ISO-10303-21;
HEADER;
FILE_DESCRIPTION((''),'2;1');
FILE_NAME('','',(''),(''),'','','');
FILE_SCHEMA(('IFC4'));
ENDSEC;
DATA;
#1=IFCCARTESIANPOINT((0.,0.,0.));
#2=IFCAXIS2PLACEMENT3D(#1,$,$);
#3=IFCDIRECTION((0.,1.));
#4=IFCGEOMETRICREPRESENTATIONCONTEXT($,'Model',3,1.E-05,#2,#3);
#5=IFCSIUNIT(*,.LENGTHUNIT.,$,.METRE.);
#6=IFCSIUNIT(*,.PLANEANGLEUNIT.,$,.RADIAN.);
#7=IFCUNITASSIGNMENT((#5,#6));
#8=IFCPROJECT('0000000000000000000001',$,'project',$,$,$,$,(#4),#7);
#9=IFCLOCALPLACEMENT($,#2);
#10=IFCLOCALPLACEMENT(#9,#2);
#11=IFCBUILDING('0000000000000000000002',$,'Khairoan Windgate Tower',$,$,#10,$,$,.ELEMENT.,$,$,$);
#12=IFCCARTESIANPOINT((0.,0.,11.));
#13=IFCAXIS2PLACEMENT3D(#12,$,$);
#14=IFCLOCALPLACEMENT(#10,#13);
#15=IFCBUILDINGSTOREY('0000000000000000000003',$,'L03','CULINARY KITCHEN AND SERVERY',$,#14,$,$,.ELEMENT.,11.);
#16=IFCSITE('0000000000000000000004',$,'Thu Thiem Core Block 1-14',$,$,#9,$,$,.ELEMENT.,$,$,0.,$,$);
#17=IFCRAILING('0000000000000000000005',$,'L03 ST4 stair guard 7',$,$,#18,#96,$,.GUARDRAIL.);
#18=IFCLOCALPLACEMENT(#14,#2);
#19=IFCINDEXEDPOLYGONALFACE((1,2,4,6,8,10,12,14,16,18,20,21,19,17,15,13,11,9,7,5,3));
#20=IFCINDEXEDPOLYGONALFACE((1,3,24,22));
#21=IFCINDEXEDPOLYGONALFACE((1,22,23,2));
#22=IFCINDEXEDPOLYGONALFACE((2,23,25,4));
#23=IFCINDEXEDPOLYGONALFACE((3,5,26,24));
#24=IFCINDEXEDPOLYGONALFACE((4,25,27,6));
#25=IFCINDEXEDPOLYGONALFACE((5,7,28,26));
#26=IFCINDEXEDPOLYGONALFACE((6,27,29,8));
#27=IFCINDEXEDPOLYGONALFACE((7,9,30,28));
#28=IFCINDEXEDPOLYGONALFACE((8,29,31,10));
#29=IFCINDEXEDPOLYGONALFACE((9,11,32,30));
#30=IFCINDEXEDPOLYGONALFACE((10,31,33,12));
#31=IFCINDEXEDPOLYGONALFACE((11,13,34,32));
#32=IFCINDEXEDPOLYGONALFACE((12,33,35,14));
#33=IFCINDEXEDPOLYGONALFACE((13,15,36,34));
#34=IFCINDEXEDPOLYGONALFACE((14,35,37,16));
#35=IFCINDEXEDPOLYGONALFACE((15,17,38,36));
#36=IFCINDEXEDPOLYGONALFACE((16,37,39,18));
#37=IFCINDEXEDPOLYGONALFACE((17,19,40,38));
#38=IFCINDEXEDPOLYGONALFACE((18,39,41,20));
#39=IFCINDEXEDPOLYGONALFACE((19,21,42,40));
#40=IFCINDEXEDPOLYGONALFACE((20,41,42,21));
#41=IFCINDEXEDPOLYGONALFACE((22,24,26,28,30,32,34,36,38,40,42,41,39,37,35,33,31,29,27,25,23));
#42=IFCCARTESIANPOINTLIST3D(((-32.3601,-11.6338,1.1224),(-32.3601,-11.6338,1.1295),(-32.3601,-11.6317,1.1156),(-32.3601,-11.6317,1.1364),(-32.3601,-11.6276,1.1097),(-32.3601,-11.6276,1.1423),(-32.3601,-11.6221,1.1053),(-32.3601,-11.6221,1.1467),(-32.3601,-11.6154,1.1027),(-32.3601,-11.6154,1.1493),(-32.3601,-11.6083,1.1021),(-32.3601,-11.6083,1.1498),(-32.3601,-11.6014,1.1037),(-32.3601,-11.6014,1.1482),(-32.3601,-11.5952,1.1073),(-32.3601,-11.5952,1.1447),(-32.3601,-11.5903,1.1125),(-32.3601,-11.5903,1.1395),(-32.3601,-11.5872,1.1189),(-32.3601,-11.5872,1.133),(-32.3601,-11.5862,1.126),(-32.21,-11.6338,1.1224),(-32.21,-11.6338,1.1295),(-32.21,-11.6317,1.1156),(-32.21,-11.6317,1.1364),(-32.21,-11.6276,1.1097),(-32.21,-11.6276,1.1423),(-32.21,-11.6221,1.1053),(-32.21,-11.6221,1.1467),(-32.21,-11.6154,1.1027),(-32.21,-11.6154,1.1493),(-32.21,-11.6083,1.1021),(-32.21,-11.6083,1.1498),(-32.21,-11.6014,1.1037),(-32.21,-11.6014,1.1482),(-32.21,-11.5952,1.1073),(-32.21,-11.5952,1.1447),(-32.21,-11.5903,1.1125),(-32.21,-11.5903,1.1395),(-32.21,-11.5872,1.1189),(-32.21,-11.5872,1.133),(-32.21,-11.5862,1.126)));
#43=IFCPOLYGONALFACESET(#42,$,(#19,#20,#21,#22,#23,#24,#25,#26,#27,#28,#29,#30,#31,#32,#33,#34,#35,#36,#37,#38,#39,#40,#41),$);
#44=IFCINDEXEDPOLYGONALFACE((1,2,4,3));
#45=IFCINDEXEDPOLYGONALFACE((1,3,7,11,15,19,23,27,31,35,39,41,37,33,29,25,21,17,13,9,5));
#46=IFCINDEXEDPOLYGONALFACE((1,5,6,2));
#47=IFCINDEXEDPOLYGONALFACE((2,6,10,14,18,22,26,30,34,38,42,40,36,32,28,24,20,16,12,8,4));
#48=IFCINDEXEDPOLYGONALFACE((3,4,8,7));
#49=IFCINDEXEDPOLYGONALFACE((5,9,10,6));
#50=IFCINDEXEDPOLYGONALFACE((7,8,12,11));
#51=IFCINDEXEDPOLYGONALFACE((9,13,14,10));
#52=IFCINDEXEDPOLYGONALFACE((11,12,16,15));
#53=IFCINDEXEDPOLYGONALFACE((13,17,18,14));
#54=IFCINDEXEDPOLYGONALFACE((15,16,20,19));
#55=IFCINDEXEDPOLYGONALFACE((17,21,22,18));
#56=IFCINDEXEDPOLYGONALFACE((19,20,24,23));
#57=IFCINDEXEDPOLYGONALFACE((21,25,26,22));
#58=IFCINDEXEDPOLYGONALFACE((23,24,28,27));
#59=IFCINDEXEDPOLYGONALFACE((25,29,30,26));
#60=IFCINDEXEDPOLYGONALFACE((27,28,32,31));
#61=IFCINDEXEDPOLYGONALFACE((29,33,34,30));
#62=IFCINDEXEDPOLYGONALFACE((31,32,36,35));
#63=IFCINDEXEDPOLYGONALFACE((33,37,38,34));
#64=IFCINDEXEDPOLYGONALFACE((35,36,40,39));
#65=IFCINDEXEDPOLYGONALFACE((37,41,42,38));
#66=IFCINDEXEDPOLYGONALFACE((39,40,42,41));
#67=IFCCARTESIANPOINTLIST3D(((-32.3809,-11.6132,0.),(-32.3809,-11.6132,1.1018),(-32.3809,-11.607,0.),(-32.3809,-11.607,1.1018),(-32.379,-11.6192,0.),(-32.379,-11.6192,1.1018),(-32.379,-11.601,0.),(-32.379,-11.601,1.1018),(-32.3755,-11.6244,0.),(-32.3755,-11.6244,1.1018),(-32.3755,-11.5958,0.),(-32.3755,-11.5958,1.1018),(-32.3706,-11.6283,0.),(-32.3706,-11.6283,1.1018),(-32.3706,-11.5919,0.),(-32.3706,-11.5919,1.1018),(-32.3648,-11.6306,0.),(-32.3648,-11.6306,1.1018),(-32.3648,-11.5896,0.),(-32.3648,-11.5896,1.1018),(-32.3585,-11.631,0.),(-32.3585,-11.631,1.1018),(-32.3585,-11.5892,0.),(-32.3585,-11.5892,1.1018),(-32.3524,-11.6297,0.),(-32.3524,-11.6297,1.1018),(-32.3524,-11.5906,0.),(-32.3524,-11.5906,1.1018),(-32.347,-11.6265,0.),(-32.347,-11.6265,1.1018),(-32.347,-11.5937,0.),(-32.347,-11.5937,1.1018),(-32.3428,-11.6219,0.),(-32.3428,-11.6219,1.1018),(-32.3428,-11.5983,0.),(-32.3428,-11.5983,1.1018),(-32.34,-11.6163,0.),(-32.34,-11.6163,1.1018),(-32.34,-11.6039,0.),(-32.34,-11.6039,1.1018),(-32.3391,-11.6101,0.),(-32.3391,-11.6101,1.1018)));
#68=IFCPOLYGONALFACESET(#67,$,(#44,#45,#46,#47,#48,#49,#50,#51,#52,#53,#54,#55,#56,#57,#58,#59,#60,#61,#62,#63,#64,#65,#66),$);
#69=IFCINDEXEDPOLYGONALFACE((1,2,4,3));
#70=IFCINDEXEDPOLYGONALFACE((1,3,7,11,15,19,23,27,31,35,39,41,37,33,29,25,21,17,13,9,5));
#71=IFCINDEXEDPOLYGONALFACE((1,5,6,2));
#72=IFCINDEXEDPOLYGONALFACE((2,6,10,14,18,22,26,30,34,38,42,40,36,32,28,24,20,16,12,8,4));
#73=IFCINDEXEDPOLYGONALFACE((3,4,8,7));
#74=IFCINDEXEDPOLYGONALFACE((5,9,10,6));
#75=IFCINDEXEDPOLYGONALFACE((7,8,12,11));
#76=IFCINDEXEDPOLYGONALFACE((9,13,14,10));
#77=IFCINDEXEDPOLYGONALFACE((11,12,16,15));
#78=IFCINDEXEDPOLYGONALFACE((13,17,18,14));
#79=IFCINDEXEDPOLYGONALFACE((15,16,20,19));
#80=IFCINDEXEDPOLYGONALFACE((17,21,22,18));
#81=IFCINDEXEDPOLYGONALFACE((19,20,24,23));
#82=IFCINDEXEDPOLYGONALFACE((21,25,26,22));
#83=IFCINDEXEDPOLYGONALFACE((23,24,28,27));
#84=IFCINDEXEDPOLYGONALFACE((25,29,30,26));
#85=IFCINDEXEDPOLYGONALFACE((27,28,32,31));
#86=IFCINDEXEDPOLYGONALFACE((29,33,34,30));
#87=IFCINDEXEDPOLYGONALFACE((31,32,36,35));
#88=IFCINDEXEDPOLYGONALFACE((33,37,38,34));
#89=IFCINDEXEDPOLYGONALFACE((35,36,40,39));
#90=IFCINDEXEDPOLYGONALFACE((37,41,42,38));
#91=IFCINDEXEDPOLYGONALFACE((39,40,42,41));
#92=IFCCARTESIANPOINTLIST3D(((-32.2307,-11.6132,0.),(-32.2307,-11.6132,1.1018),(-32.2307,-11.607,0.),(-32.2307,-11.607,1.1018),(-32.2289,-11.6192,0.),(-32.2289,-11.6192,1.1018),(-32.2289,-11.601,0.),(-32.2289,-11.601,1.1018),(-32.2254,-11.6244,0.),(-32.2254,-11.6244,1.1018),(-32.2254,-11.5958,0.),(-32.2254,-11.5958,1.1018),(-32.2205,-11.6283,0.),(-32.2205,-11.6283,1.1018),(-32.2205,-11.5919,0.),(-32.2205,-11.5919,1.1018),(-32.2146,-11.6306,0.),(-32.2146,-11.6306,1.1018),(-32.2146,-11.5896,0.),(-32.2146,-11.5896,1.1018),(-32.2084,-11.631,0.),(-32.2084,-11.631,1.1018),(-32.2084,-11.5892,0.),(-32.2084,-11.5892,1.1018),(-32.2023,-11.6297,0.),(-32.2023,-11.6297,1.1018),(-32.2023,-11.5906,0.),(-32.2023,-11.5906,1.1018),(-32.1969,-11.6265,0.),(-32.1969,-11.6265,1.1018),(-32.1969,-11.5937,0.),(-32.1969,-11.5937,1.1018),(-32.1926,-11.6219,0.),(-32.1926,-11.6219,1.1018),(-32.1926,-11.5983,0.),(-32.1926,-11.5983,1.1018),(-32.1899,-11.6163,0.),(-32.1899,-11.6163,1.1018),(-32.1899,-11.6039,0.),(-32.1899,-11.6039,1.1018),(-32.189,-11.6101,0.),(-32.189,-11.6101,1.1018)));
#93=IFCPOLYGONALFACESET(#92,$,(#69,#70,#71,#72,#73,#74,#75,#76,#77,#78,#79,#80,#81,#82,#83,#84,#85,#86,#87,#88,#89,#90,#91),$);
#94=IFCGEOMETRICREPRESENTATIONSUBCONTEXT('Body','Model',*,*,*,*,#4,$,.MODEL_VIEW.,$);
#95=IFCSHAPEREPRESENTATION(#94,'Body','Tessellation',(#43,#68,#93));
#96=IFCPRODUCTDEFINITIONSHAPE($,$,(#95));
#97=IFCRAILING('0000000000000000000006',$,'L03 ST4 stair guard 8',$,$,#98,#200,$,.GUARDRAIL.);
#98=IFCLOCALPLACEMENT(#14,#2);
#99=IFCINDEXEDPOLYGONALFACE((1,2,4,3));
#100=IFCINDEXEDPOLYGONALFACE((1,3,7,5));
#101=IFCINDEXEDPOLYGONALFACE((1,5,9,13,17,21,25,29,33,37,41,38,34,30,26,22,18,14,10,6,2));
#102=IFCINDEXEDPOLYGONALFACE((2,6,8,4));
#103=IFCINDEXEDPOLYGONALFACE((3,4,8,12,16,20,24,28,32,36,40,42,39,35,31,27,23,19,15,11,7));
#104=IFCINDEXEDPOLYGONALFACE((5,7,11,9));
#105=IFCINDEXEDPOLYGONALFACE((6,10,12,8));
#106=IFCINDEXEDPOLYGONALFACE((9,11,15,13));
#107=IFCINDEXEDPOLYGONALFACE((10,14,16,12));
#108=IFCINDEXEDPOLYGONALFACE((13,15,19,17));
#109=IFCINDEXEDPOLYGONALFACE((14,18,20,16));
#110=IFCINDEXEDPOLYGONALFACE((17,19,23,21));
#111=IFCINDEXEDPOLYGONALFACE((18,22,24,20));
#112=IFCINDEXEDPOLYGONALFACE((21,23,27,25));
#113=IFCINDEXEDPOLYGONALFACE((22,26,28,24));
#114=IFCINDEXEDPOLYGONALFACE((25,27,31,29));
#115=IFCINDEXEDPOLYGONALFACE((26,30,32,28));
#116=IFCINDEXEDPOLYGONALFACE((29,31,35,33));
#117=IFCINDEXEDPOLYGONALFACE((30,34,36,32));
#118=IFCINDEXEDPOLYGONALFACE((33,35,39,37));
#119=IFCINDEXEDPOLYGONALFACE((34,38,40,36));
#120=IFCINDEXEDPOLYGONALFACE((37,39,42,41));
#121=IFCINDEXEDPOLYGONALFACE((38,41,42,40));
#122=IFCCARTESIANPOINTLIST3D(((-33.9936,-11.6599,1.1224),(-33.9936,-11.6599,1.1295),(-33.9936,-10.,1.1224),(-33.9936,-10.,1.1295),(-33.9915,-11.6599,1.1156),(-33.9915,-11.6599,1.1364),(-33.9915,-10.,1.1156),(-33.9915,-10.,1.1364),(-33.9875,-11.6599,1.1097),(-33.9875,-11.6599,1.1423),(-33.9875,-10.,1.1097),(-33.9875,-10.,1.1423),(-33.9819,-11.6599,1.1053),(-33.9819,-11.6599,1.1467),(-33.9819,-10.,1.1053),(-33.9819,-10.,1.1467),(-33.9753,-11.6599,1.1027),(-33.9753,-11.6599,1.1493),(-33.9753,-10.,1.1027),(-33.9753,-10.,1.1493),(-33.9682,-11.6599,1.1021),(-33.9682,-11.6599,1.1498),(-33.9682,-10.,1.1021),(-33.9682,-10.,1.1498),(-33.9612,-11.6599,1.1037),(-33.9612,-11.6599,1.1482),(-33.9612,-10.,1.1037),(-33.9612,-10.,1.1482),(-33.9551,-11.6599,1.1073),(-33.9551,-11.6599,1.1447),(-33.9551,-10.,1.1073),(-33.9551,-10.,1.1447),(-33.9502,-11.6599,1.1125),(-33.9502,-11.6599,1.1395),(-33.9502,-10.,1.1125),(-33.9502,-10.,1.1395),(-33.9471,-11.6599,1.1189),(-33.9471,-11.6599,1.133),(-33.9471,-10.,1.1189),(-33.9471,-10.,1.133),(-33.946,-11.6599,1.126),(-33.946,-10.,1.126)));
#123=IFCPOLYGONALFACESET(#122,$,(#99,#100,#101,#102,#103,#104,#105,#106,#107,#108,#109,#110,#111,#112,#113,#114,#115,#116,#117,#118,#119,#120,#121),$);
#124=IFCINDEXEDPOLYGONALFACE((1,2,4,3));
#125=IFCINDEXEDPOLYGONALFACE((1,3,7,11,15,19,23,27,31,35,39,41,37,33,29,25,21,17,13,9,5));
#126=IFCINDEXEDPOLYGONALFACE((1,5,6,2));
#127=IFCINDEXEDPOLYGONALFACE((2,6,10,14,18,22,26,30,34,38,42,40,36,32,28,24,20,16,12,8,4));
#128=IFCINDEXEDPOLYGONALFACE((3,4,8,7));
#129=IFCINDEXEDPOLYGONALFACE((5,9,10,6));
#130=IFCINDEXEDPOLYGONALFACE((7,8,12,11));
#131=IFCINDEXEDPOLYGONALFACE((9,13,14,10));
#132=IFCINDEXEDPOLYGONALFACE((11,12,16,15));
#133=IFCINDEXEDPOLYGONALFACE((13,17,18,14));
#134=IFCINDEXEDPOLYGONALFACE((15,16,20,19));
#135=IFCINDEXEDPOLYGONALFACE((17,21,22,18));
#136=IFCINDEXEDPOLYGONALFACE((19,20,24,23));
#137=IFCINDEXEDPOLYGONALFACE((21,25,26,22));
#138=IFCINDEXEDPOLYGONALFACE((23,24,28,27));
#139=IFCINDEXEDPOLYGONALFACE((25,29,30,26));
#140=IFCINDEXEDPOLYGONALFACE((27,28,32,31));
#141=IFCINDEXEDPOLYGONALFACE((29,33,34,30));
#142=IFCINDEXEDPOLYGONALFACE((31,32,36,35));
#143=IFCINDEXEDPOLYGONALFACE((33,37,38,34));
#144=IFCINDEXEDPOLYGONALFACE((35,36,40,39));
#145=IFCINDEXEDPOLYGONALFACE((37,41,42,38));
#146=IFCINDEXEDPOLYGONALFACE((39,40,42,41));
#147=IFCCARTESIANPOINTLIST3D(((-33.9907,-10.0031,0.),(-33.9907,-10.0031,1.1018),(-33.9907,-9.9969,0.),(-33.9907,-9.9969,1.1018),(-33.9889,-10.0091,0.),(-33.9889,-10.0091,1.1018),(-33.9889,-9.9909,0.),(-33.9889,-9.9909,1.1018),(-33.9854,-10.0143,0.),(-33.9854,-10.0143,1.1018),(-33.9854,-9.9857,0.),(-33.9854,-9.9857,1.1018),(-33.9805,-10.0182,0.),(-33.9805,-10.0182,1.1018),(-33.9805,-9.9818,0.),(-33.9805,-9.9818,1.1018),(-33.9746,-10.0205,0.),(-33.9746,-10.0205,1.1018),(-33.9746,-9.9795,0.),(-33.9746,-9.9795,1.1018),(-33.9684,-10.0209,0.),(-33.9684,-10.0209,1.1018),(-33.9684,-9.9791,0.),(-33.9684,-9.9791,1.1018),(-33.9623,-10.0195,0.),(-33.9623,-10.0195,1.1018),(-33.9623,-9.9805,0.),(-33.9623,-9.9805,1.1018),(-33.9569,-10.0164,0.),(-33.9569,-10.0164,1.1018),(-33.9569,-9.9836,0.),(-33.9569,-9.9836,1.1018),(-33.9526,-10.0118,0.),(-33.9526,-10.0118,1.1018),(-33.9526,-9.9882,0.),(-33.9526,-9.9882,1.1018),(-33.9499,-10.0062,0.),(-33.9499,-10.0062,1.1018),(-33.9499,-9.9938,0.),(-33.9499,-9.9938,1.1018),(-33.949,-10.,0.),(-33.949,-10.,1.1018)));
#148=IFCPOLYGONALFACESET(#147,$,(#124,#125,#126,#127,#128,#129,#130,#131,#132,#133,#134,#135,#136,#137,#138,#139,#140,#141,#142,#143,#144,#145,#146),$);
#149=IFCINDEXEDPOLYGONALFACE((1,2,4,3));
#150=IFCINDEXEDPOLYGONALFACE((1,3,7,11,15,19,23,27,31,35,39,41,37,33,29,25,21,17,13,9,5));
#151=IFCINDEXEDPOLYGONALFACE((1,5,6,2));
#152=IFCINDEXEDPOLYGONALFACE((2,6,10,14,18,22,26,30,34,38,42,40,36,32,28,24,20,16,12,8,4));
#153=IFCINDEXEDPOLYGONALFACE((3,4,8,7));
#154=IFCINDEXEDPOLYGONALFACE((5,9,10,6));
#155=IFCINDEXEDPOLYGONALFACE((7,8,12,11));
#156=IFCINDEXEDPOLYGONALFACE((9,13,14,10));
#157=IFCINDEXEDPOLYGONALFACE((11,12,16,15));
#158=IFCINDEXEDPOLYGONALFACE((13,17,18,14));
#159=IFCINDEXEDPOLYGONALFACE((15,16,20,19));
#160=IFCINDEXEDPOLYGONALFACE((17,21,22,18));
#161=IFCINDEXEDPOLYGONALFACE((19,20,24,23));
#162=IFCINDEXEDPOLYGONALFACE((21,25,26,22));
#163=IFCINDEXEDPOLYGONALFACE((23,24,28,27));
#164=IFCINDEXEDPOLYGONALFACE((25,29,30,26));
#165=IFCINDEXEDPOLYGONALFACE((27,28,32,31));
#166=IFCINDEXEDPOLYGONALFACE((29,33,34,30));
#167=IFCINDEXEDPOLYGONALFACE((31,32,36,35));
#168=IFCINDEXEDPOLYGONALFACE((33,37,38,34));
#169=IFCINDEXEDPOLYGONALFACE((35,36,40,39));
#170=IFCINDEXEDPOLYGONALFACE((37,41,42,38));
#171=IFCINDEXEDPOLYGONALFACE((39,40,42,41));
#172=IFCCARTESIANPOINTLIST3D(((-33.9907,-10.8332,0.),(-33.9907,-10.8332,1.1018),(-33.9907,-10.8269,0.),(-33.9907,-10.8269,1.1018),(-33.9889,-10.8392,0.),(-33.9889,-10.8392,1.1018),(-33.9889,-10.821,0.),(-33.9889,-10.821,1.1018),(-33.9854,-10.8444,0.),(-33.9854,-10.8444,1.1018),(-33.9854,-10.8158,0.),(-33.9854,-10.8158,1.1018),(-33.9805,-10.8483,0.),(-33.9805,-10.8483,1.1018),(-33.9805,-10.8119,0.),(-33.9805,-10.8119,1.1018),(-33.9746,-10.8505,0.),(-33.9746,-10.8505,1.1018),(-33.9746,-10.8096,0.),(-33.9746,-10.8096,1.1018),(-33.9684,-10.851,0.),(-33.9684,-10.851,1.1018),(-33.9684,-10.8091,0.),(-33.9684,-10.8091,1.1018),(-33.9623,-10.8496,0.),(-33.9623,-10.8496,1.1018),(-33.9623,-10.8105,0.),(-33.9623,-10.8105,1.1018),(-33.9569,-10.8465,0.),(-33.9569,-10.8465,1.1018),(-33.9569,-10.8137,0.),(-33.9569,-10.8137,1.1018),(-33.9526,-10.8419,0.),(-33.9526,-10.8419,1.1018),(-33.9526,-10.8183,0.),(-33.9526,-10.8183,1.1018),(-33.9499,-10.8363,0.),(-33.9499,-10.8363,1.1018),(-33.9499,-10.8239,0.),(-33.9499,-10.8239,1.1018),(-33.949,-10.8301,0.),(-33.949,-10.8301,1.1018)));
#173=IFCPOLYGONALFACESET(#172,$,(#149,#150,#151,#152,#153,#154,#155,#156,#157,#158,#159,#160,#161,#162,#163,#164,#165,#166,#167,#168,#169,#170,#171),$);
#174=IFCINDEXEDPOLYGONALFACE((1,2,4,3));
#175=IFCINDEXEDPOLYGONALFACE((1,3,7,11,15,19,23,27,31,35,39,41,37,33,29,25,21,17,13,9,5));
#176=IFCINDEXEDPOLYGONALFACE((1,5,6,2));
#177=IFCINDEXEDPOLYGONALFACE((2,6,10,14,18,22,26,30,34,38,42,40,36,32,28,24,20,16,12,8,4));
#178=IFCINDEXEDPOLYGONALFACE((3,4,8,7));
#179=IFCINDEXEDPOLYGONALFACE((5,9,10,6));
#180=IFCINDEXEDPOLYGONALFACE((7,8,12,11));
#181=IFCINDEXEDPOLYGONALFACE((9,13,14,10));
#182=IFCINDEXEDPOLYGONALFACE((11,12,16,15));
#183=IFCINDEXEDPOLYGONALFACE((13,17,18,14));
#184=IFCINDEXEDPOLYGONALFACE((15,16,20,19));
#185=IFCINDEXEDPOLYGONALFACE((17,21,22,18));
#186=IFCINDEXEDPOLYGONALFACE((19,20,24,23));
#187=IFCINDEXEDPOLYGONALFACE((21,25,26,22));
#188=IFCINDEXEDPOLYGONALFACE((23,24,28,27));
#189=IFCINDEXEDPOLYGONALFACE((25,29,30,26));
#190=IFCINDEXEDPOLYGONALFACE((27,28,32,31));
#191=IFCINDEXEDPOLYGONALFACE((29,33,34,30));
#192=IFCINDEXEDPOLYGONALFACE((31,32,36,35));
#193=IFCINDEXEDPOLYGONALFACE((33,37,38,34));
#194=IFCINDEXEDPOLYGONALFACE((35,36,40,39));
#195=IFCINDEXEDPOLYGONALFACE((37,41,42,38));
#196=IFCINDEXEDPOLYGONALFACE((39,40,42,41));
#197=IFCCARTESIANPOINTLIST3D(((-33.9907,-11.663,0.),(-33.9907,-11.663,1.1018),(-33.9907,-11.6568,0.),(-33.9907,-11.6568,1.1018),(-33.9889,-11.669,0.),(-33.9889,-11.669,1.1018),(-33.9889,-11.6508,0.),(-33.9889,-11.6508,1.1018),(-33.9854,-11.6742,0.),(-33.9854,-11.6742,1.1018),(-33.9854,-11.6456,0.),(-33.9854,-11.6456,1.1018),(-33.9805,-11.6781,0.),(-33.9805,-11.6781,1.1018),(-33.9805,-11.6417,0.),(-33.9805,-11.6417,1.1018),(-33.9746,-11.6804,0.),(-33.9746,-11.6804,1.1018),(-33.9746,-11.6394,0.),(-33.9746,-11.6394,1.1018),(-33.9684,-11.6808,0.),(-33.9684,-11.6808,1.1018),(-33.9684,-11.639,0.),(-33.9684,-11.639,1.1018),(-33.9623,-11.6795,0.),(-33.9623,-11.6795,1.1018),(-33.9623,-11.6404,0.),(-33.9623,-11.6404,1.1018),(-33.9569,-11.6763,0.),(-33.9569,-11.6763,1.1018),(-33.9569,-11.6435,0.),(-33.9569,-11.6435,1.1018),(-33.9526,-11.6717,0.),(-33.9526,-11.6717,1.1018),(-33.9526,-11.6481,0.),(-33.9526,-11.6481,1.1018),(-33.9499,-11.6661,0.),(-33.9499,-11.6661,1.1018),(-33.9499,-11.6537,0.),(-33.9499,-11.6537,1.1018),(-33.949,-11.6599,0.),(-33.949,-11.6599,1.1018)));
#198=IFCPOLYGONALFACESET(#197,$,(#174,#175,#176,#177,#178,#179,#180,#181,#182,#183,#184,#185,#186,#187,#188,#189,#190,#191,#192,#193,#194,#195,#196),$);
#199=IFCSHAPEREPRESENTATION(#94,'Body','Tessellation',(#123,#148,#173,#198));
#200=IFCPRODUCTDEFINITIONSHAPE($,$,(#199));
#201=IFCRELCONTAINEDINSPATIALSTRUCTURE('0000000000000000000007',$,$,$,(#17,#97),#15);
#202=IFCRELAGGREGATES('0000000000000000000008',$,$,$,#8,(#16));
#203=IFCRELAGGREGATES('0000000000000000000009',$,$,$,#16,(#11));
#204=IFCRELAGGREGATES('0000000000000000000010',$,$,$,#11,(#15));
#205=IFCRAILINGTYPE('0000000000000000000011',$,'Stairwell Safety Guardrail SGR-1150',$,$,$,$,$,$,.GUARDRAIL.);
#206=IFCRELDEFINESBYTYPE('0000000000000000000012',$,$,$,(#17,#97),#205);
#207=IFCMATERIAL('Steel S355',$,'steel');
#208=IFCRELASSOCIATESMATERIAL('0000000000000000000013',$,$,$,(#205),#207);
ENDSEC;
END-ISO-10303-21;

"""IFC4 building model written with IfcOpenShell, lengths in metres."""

from ifc_helpers import new_model, si_unit, direction, frame, origin, origin_2d, place, context, subcontext, project, spatial, circle, extrude, material, type_object, element, save


model = new_model("IFC4")

# Units and contexts
model_context = context("Model", 3, precision=1e-05, world=origin(), true_north=direction((0.0, 1.0)))
body_context = subcontext(model_context, "Body", "Model", "MODEL_VIEW")
ifc_project = project(units=[si_unit("LENGTHUNIT", "METRE"), si_unit("PLANEANGLEUNIT", "RADIAN")], contexts=[model_context])

# Site, building, storey
site_placement = place(None, origin())
site = spatial("IfcSite", under=ifc_project, at=site_placement, Name="Thu Thiem Core Block 1-14", CompositionType="ELEMENT", RefElevation=0.0)
building_placement = place(site_placement, origin())
building = spatial("IfcBuilding", under=site, at=building_placement, Name="Khairoan Windgate Tower", CompositionType="ELEMENT")
storey_placement = place(building_placement, frame((0.0, 0.0, 11.0)))
storey = spatial("IfcBuildingStorey", under=building, at=storey_placement, Name="L03", Description="CULINARY KITCHEN AND SERVERY", CompositionType="ELEMENT", Elevation=11.0)

# Railings
ifc_material_1 = material(Name="Steel S355", Category="steel")
railing_type_1 = type_object("IfcRailingType", Name="Stairwell Safety Guardrail SGR-1150", PredefinedType="GUARDRAIL", material=ifc_material_1)
railing_1_placement = place(storey_placement, frame((-32.3601, -11.6101, 0.0)))
element("IfcRailing", 1, at=railing_1_placement, inside=storey, type_object=railing_type_1, Name="L03 ST4 stair guard 7", PredefinedType="GUARDRAIL", context=body_context, shape_type="SweptSolid", body=[
    extrude(circle(Radius=0.0239, at=origin_2d()), frame((0.0, 0.0, 1.126), z_axis=(1.0, 0.0, 0.0), x_axis=(0.0, 1.0, 0.0)), (0.0, 0.0, 1.0), 0.1501),
    extrude(circle(Radius=0.021, at=origin_2d()), origin(), (0.0, 0.0, 1.0), 1.1018),
    extrude(circle(Radius=0.021, at=origin_2d()), frame((0.1501, 0.0, 0.0)), (0.0, 0.0, 1.0), 1.1018),
])
railing_2_placement = place(storey_placement, frame((-33.97, -10.0, 0.0)))
element("IfcRailing", 2, at=railing_2_placement, inside=storey, type_object=railing_type_1, Name="L03 ST4 stair guard 8", PredefinedType="GUARDRAIL", context=body_context, shape_type="SweptSolid", body=[
    extrude(circle(Radius=0.0239, at=origin_2d()), frame((0.0, 0.0, 1.126), z_axis=(0.0, -1.0, 0.0), x_axis=(1.0, 0.0, 0.0)), (0.0, 0.0, 1.0), 1.6599),
    extrude(circle(Radius=0.021, at=origin_2d()), origin(), (0.0, 0.0, 1.0), 1.1018),
    extrude(circle(Radius=0.021, at=origin_2d()), frame((0.0, -0.8301, 0.0)), (0.0, 0.0, 1.0), 1.1018),
    extrude(circle(Radius=0.021, at=origin_2d()), frame((0.0, -1.6599, 0.0)), (0.0, 0.0, 1.0), 1.1018),
])

save(model, "model.ifc")
